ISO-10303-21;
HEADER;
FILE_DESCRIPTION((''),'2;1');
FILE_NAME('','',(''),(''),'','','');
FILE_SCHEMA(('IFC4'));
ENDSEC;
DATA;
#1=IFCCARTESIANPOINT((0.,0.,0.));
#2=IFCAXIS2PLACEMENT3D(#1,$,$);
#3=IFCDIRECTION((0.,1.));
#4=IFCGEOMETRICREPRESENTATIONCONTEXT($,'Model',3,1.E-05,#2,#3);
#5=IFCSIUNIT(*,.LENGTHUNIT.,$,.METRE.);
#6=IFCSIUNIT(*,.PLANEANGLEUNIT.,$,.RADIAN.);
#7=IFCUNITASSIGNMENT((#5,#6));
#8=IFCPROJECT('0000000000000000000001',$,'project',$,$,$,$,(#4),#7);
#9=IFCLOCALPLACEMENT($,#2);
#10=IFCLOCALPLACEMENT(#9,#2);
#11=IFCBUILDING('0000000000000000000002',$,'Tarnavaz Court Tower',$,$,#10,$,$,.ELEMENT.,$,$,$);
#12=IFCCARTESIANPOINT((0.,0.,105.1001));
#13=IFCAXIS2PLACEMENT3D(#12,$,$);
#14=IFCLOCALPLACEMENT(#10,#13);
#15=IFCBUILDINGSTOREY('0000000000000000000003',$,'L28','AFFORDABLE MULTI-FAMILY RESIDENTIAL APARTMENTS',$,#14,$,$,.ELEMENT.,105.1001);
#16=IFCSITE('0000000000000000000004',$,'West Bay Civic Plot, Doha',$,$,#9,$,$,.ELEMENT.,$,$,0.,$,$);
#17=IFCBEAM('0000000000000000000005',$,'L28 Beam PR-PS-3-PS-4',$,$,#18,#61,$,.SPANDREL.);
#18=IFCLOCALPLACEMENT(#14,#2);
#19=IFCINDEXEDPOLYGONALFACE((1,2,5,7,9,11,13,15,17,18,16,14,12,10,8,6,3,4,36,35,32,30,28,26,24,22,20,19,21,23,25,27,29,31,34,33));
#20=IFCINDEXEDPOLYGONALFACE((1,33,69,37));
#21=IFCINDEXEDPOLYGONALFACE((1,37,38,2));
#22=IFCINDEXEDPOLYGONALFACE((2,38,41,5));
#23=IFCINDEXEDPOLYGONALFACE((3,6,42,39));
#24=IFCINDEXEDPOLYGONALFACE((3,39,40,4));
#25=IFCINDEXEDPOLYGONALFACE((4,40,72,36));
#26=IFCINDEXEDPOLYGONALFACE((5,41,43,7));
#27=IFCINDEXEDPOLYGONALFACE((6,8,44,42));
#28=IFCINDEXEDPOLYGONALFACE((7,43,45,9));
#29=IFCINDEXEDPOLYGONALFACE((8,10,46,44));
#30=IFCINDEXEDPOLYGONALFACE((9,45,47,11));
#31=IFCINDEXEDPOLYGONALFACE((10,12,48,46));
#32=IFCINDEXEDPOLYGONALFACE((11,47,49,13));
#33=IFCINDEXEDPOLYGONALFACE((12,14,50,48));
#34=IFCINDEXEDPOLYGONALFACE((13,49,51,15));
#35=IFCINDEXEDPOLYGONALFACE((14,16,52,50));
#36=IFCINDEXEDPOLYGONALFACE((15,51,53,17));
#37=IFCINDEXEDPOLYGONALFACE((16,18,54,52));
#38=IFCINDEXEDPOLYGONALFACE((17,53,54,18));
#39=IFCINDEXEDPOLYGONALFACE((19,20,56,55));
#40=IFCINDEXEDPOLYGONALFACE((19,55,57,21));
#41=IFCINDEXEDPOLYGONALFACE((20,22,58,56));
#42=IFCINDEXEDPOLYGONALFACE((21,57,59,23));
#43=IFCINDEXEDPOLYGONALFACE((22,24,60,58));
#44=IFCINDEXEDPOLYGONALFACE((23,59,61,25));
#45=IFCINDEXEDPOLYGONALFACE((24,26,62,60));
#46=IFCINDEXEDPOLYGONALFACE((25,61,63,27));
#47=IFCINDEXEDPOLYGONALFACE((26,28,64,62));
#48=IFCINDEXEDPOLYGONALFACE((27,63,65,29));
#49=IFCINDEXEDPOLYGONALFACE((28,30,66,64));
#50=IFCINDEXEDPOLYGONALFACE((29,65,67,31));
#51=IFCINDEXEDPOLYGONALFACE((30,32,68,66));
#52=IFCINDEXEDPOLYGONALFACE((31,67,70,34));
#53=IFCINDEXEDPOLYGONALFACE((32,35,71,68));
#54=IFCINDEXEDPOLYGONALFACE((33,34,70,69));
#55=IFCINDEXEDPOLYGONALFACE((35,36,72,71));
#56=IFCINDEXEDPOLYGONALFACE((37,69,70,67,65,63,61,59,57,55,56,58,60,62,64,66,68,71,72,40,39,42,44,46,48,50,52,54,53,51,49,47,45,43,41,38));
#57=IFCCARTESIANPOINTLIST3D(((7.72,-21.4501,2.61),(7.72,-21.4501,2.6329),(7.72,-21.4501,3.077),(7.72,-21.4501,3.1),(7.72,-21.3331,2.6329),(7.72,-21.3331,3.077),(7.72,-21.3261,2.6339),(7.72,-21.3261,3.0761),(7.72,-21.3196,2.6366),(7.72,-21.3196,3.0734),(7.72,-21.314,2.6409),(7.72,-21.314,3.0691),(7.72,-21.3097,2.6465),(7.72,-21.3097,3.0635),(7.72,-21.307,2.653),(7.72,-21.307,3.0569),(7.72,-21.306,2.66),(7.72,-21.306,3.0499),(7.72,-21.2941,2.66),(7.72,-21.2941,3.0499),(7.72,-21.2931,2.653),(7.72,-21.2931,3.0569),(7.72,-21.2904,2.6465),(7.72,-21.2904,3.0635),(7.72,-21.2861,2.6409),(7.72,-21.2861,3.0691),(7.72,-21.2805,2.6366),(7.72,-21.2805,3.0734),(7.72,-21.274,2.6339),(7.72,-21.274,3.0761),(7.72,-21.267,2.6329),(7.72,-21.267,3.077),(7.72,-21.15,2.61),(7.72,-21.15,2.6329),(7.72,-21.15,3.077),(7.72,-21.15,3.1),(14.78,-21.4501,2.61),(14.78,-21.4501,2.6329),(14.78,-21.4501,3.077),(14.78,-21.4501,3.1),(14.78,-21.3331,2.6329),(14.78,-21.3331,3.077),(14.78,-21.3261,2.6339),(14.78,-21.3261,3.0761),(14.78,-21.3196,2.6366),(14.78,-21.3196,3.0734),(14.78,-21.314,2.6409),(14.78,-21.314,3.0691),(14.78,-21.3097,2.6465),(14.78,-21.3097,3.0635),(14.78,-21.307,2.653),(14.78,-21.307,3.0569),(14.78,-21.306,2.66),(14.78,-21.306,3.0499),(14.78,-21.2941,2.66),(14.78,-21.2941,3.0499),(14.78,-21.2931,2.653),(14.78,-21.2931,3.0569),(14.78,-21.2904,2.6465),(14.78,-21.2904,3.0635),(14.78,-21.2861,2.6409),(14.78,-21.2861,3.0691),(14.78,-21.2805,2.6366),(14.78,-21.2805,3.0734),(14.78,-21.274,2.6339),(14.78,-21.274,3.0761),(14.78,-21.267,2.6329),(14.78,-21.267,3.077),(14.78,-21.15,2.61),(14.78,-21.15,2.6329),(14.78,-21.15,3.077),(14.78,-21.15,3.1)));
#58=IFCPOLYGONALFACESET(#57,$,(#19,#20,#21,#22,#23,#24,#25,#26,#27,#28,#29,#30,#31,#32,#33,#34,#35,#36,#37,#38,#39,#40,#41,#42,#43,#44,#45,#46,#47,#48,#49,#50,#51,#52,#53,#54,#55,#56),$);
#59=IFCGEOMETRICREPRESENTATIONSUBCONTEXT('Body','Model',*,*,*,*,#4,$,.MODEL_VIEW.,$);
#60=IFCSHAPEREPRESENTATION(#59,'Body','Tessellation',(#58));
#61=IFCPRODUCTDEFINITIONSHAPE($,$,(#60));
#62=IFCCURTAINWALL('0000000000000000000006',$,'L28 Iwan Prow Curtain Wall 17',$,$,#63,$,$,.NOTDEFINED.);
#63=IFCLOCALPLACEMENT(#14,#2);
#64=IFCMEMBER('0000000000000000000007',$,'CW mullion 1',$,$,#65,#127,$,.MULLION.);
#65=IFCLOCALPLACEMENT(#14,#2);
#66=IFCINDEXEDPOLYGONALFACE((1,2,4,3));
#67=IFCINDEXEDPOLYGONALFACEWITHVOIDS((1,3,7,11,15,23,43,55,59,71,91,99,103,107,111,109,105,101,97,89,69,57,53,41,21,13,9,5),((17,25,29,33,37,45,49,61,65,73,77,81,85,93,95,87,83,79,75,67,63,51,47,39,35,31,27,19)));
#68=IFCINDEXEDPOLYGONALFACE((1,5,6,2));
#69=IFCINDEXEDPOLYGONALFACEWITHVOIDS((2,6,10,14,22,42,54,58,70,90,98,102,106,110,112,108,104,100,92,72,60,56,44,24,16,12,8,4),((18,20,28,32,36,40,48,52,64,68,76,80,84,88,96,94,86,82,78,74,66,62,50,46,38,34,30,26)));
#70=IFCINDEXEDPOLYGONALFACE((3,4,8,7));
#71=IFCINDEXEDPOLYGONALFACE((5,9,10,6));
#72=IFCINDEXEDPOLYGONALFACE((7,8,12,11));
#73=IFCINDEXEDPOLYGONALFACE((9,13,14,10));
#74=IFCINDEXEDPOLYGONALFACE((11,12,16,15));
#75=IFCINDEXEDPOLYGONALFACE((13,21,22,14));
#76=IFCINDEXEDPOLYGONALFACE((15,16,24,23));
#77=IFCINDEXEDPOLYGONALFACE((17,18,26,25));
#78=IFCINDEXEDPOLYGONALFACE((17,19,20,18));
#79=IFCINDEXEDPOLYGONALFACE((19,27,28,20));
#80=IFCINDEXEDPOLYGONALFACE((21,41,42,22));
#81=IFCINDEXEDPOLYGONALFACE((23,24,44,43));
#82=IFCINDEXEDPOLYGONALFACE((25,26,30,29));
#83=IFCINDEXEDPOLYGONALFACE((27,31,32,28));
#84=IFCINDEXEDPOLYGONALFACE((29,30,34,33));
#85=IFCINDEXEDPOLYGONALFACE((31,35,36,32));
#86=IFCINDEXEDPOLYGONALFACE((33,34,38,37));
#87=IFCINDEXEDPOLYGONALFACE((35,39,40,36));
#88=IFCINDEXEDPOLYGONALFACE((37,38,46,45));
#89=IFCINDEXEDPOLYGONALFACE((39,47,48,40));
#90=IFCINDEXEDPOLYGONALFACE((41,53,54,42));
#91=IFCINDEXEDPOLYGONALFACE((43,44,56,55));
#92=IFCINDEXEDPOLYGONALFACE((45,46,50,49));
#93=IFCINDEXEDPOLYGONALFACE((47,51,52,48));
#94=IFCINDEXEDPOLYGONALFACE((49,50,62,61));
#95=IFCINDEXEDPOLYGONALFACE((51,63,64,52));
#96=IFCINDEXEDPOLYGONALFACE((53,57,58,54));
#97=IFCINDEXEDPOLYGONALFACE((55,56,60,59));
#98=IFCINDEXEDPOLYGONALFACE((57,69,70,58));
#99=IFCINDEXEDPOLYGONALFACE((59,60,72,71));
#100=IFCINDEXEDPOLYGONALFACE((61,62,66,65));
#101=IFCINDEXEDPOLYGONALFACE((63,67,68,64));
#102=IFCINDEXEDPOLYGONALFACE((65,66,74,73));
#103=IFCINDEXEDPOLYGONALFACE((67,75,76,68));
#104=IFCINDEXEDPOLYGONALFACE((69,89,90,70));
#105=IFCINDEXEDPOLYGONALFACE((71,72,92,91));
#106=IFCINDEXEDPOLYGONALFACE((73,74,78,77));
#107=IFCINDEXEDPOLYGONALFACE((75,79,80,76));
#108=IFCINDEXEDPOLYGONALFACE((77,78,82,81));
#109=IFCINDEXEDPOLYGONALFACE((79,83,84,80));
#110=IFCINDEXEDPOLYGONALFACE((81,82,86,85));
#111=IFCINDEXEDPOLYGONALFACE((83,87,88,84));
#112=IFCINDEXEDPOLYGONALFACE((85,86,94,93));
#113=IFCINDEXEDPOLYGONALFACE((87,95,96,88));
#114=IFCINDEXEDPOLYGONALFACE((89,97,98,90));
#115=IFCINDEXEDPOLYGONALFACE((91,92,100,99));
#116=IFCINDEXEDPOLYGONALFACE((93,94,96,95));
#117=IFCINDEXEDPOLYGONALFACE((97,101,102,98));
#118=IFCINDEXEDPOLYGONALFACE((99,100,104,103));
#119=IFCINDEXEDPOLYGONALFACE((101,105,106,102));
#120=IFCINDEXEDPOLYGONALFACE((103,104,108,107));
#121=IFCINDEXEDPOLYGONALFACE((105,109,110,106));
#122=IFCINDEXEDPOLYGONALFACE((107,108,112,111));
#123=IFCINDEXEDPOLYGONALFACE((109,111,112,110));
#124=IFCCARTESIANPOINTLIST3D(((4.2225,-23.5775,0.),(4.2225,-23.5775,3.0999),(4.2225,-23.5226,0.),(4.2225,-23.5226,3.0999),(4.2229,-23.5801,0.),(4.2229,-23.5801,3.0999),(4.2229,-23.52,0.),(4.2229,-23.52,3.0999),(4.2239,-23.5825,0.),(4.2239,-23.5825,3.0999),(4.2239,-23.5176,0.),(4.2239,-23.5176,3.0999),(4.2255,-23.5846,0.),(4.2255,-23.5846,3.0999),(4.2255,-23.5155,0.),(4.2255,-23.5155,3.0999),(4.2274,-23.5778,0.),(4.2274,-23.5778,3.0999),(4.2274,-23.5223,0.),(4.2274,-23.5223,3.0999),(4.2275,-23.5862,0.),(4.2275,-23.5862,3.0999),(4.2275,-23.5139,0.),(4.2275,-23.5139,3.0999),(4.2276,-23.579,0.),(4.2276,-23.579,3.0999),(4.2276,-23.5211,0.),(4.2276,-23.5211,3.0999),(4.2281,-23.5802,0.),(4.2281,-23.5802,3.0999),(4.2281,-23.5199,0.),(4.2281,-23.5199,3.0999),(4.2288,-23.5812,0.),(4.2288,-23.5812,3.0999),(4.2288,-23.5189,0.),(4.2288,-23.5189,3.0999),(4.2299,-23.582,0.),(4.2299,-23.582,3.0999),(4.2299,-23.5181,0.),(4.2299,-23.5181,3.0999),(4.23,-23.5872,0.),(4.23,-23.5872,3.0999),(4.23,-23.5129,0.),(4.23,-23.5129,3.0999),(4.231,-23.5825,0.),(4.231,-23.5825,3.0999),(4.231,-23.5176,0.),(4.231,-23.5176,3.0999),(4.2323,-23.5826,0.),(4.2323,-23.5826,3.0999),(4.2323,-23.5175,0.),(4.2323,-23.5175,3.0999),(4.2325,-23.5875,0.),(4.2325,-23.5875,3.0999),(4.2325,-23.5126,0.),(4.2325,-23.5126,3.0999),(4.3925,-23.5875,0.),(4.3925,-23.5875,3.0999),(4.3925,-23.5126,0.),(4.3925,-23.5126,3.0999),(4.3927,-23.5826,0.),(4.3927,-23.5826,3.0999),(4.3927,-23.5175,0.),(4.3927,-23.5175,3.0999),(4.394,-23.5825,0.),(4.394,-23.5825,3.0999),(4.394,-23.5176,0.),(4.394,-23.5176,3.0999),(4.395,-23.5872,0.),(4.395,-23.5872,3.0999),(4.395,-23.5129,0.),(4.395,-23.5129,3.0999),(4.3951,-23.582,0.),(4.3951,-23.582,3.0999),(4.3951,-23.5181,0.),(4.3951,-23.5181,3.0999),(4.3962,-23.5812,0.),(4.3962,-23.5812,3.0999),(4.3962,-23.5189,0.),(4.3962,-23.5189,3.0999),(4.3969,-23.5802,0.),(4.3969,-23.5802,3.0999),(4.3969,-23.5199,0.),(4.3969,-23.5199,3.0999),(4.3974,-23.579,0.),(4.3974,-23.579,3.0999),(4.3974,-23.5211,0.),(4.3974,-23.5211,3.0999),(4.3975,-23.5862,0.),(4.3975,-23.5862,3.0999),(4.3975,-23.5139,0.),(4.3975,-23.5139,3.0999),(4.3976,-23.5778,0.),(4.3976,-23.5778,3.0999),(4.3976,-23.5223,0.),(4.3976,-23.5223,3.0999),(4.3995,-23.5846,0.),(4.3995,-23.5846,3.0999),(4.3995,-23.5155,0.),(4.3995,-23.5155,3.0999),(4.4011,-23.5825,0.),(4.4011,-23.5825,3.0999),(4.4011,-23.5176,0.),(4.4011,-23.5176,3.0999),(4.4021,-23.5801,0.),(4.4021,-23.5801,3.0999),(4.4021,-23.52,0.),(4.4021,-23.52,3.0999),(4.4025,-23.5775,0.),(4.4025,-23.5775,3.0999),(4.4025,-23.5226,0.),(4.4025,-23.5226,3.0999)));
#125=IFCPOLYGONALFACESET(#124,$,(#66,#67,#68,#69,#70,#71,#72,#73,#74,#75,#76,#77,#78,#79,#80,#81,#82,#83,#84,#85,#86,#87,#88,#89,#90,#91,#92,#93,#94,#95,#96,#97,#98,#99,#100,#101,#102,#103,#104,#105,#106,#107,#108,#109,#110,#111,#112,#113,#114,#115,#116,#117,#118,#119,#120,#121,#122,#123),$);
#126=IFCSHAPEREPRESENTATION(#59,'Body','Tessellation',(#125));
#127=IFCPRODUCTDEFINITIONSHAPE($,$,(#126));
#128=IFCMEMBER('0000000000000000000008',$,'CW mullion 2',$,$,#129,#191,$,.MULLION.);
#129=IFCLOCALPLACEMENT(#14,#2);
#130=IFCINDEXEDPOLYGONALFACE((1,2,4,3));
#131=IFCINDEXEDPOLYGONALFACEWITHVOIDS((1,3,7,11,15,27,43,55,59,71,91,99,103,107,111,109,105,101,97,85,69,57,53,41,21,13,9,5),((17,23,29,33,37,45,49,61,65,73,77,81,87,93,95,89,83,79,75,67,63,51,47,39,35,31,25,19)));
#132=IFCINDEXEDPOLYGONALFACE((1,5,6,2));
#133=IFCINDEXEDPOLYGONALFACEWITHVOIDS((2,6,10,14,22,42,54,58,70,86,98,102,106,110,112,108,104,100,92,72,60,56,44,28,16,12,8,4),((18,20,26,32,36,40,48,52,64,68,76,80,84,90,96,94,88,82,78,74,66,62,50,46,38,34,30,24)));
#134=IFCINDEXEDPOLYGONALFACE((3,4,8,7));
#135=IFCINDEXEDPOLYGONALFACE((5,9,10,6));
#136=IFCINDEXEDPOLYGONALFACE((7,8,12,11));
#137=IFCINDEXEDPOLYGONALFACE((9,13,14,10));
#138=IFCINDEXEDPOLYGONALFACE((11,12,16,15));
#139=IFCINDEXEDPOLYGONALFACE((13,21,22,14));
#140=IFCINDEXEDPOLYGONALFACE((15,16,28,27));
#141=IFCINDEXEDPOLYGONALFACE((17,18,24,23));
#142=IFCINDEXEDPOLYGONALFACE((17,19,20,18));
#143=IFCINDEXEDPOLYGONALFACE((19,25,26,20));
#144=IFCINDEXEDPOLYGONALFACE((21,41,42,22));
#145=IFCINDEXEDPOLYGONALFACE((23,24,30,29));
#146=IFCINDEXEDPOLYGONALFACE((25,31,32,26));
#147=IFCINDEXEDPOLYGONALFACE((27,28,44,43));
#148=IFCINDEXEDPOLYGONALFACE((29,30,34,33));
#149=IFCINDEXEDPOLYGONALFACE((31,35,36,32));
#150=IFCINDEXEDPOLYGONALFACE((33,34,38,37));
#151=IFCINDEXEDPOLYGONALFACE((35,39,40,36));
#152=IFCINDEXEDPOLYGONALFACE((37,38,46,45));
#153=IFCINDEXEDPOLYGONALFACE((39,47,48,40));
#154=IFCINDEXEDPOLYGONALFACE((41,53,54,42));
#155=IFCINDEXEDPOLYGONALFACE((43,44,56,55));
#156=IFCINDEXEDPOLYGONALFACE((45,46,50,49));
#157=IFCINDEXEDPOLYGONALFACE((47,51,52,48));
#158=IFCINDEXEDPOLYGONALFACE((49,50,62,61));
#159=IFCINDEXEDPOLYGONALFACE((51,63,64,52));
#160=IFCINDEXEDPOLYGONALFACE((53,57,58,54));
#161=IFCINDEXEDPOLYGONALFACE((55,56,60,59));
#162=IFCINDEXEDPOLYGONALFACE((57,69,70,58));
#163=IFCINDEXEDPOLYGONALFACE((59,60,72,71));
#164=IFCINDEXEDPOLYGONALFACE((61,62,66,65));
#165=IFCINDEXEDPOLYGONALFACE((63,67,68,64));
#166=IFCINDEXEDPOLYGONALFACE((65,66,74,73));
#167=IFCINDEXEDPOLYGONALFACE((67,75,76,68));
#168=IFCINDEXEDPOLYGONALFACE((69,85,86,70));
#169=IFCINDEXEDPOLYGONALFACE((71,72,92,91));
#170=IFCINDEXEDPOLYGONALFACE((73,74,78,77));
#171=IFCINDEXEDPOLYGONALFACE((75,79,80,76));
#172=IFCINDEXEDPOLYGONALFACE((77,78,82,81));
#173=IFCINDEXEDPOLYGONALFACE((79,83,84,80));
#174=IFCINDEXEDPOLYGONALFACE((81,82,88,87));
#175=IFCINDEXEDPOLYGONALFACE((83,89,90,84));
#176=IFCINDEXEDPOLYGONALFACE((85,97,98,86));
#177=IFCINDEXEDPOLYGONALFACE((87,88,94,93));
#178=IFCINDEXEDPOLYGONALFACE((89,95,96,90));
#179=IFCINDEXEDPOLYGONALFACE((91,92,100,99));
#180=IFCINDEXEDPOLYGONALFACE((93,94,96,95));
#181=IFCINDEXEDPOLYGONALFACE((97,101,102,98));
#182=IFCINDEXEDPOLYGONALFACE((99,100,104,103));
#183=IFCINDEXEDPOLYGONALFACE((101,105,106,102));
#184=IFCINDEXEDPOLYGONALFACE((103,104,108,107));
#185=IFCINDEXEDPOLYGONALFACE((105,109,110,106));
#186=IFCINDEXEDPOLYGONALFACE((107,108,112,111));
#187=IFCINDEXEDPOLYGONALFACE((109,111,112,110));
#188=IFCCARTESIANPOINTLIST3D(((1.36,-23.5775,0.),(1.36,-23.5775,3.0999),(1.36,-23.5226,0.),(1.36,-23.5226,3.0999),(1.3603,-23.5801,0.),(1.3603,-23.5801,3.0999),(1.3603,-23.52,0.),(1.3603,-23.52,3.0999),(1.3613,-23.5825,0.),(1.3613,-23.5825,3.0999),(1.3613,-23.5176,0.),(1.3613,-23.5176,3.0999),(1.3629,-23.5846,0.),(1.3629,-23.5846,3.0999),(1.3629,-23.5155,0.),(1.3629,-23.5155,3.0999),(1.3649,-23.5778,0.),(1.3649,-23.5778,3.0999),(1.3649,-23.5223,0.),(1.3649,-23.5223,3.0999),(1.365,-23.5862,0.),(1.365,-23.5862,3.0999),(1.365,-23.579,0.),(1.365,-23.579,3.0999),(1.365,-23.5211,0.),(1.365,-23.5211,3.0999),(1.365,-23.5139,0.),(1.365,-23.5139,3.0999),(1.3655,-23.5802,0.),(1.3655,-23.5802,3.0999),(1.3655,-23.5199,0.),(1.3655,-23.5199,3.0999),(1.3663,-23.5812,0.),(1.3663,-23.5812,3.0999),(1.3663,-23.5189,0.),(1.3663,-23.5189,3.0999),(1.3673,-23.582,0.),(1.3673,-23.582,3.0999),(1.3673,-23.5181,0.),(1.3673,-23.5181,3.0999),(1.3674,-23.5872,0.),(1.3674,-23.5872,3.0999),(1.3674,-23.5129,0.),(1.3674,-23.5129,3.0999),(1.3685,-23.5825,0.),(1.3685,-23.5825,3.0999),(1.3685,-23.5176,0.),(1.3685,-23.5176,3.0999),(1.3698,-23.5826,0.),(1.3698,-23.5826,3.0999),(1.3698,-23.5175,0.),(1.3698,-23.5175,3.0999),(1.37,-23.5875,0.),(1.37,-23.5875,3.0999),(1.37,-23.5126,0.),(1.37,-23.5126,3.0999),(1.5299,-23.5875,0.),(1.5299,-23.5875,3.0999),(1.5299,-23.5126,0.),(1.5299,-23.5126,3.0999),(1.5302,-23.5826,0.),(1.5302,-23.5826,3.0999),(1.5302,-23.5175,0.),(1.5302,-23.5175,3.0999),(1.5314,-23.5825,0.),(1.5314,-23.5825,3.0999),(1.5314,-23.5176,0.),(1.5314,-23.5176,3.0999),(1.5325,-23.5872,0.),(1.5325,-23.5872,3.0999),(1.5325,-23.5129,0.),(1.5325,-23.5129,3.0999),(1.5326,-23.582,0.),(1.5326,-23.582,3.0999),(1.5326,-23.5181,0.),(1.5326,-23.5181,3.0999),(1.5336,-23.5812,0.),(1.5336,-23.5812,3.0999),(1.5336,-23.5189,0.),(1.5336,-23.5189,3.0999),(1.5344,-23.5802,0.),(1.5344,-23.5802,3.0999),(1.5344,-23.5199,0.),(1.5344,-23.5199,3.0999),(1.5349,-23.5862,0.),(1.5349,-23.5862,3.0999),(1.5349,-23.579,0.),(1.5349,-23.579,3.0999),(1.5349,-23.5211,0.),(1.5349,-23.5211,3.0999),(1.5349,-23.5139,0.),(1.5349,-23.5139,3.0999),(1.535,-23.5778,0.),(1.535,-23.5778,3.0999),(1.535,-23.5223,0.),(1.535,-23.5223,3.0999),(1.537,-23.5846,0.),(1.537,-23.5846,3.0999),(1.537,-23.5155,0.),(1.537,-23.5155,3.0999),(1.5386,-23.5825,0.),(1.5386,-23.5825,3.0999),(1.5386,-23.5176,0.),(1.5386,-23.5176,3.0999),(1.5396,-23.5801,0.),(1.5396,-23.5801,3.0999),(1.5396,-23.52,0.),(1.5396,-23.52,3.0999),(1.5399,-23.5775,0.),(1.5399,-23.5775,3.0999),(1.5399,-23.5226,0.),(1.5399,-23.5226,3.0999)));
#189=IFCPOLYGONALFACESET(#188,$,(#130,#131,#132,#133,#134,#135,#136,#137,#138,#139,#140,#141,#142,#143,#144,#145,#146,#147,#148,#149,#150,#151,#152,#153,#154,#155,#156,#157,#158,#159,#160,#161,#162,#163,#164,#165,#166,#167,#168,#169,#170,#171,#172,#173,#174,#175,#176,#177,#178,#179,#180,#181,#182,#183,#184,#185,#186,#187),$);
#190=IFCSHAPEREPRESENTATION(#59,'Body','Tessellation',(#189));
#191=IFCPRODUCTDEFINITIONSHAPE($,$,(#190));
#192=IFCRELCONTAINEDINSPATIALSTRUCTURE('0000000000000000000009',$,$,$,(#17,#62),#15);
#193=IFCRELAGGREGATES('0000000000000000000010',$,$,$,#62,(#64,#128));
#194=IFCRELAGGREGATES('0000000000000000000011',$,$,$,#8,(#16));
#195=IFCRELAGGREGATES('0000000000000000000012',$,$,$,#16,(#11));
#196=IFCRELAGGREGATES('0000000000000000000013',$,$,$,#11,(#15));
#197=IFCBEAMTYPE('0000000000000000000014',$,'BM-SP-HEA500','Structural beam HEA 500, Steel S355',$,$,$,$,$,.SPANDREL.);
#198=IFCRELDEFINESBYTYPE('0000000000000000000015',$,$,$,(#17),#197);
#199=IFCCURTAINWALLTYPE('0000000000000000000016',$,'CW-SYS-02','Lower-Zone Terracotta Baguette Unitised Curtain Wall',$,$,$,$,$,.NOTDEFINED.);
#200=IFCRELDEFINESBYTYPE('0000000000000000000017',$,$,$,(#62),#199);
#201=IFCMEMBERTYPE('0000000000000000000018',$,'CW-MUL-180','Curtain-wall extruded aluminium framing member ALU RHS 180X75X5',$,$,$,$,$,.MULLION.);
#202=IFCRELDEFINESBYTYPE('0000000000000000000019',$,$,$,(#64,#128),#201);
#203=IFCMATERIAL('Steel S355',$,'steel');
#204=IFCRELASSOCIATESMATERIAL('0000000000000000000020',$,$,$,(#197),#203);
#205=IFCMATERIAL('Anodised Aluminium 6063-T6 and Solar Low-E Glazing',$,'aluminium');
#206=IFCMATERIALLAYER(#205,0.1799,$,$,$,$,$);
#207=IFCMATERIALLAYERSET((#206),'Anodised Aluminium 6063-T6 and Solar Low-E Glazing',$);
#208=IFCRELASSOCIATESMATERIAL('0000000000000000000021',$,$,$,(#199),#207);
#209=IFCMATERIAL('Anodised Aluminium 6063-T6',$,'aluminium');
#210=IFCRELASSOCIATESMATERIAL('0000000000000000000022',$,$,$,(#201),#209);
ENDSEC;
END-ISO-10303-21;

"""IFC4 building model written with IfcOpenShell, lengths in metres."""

from ifc_helpers import new_model, si_unit, direction, frame, origin, origin_2d, place, context, subcontext, project, spatial, hollow_rectangle, i_section, extrude, material, layer, layer_set, material_profile, profile_set, type_object, element, aggregate, save


model = new_model("IFC4")

# Units and contexts
model_context = context("Model", 3, precision=1e-05, world=origin(), true_north=direction((0.0, 1.0)))
body_context = subcontext(model_context, "Body", "Model", "MODEL_VIEW")
ifc_project = project(units=[si_unit("LENGTHUNIT", "METRE"), si_unit("PLANEANGLEUNIT", "RADIAN")], contexts=[model_context])

# Site, building, storey
site_placement = place(None, origin())
site = spatial("IfcSite", under=ifc_project, at=site_placement, Name="West Bay Civic Plot, Doha", CompositionType="ELEMENT", RefElevation=0.0)
building_placement = place(site_placement, origin())
building = spatial("IfcBuilding", under=site, at=building_placement, Name="Tarnavaz Court Tower", CompositionType="ELEMENT")
storey_placement = place(building_placement, frame((0.0, 0.0, 105.1001)))
storey = spatial("IfcBuildingStorey", under=building, at=storey_placement, Name="L28", Description="AFFORDABLE MULTI-FAMILY RESIDENTIAL APARTMENTS", CompositionType="ELEMENT", Elevation=105.1001)

# Beam
ifc_material_1 = material(Name="Steel S355", Category="steel")
ifc_material_profile_1 = material_profile(ifc_material_1, i_section(OverallWidth=0.3, OverallDepth=0.49, WebThickness=0.012, FlangeThickness=0.0229, FilletRadius=0.0271, at=origin_2d()), Name="HEA 500")
ifc_profile_set_1 = profile_set([ifc_material_profile_1], Name="Steel S355")
beam_type_1 = type_object("IfcBeamType", Name="BM-SP-HEA500", Description="Structural beam HEA 500, Steel S355", PredefinedType="SPANDREL", material=ifc_profile_set_1)
beam_placement = place(storey_placement, frame((7.72, -21.3, 2.855), z_axis=(1.0, 0.0, 0.0), x_axis=(0.0, 1.0, 0.0)))
element("IfcBeam", 1, at=beam_placement, inside=storey, type_object=beam_type_1, Name="L28 Beam PR-PS-3-PS-4", PredefinedType="SPANDREL", context=body_context, shape_type="SweptSolid", body=[
    extrude(i_section(OverallWidth=0.3, OverallDepth=0.49, WebThickness=0.012, FlangeThickness=0.0229, FilletRadius=0.0271, at=origin_2d()), origin(), (0.0, 0.0, 1.0), 7.0601),
])

# Curtain wall, members
ifc_material_2 = material(Name="Anodised Aluminium 6063-T6 and Solar Low-E Glazing", Category="aluminium")
ifc_layer_1 = layer(ifc_material_2, 0.1799)
ifc_layer_set_1 = layer_set([ifc_layer_1], Name="Anodised Aluminium 6063-T6 and Solar Low-E Glazing")
curtain_wall_type = type_object("IfcCurtainWallType", Name="CW-SYS-02", Description="Lower-Zone Terracotta Baguette Unitised Curtain Wall", PredefinedType="NOTDEFINED", material=ifc_layer_set_1)
curtain_wall_placement = place(storey_placement, origin())
curtain_wall = element("IfcCurtainWall", 2, at=curtain_wall_placement, inside=storey, type_object=curtain_wall_type, Name="L28 Iwan Prow Curtain Wall 17", PredefinedType="NOTDEFINED")
ifc_material_3 = material(Name="Anodised Aluminium 6063-T6", Category="aluminium")
ifc_material_profile_2 = material_profile(ifc_material_3, hollow_rectangle(XDim=0.075, YDim=0.1799, WallThickness=0.0049, InnerFilletRadius=0.0049, OuterFilletRadius=0.01, at=origin_2d()), Name="ALU RHS 180X75X5")
ifc_profile_set_2 = profile_set([ifc_material_profile_2], Name="Anodised Aluminium 6063-T6")
member_type_1 = type_object("IfcMemberType", Name="CW-MUL-180", Description="Curtain-wall extruded aluminium framing member ALU RHS 180X75X5", PredefinedType="MULLION", material=ifc_profile_set_2)
member_1_placement = place(storey_placement, frame((4.3125, -23.55, 0.0), z_axis=(0.0, 0.0, 1.0), x_axis=(0.0, -1.0, 0.0)))
member_1 = element("IfcMember", 3, at=member_1_placement, type_object=member_type_1, Name="CW mullion 1", PredefinedType="MULLION", context=body_context, shape_type="SweptSolid", body=[
    extrude(hollow_rectangle(XDim=0.075, YDim=0.1799, WallThickness=0.0049, InnerFilletRadius=0.0049, OuterFilletRadius=0.01, at=origin_2d()), origin(), (0.0, 0.0, 1.0), 3.0999),
])
member_2_placement = place(storey_placement, frame((1.45, -23.55, 0.0), z_axis=(0.0, 0.0, 1.0), x_axis=(0.0, -1.0, 0.0)))
member_2 = element("IfcMember", 4, at=member_2_placement, type_object=member_type_1, Name="CW mullion 2", PredefinedType="MULLION", context=body_context, shape_type="SweptSolid", body=[
    extrude(hollow_rectangle(XDim=0.075, YDim=0.1799, WallThickness=0.0049, InnerFilletRadius=0.0049, OuterFilletRadius=0.01, at=origin_2d()), origin(), (0.0, 0.0, 1.0), 3.0999),
])
aggregate(curtain_wall, [member_1, member_2])

save(model, "model.ifc")
